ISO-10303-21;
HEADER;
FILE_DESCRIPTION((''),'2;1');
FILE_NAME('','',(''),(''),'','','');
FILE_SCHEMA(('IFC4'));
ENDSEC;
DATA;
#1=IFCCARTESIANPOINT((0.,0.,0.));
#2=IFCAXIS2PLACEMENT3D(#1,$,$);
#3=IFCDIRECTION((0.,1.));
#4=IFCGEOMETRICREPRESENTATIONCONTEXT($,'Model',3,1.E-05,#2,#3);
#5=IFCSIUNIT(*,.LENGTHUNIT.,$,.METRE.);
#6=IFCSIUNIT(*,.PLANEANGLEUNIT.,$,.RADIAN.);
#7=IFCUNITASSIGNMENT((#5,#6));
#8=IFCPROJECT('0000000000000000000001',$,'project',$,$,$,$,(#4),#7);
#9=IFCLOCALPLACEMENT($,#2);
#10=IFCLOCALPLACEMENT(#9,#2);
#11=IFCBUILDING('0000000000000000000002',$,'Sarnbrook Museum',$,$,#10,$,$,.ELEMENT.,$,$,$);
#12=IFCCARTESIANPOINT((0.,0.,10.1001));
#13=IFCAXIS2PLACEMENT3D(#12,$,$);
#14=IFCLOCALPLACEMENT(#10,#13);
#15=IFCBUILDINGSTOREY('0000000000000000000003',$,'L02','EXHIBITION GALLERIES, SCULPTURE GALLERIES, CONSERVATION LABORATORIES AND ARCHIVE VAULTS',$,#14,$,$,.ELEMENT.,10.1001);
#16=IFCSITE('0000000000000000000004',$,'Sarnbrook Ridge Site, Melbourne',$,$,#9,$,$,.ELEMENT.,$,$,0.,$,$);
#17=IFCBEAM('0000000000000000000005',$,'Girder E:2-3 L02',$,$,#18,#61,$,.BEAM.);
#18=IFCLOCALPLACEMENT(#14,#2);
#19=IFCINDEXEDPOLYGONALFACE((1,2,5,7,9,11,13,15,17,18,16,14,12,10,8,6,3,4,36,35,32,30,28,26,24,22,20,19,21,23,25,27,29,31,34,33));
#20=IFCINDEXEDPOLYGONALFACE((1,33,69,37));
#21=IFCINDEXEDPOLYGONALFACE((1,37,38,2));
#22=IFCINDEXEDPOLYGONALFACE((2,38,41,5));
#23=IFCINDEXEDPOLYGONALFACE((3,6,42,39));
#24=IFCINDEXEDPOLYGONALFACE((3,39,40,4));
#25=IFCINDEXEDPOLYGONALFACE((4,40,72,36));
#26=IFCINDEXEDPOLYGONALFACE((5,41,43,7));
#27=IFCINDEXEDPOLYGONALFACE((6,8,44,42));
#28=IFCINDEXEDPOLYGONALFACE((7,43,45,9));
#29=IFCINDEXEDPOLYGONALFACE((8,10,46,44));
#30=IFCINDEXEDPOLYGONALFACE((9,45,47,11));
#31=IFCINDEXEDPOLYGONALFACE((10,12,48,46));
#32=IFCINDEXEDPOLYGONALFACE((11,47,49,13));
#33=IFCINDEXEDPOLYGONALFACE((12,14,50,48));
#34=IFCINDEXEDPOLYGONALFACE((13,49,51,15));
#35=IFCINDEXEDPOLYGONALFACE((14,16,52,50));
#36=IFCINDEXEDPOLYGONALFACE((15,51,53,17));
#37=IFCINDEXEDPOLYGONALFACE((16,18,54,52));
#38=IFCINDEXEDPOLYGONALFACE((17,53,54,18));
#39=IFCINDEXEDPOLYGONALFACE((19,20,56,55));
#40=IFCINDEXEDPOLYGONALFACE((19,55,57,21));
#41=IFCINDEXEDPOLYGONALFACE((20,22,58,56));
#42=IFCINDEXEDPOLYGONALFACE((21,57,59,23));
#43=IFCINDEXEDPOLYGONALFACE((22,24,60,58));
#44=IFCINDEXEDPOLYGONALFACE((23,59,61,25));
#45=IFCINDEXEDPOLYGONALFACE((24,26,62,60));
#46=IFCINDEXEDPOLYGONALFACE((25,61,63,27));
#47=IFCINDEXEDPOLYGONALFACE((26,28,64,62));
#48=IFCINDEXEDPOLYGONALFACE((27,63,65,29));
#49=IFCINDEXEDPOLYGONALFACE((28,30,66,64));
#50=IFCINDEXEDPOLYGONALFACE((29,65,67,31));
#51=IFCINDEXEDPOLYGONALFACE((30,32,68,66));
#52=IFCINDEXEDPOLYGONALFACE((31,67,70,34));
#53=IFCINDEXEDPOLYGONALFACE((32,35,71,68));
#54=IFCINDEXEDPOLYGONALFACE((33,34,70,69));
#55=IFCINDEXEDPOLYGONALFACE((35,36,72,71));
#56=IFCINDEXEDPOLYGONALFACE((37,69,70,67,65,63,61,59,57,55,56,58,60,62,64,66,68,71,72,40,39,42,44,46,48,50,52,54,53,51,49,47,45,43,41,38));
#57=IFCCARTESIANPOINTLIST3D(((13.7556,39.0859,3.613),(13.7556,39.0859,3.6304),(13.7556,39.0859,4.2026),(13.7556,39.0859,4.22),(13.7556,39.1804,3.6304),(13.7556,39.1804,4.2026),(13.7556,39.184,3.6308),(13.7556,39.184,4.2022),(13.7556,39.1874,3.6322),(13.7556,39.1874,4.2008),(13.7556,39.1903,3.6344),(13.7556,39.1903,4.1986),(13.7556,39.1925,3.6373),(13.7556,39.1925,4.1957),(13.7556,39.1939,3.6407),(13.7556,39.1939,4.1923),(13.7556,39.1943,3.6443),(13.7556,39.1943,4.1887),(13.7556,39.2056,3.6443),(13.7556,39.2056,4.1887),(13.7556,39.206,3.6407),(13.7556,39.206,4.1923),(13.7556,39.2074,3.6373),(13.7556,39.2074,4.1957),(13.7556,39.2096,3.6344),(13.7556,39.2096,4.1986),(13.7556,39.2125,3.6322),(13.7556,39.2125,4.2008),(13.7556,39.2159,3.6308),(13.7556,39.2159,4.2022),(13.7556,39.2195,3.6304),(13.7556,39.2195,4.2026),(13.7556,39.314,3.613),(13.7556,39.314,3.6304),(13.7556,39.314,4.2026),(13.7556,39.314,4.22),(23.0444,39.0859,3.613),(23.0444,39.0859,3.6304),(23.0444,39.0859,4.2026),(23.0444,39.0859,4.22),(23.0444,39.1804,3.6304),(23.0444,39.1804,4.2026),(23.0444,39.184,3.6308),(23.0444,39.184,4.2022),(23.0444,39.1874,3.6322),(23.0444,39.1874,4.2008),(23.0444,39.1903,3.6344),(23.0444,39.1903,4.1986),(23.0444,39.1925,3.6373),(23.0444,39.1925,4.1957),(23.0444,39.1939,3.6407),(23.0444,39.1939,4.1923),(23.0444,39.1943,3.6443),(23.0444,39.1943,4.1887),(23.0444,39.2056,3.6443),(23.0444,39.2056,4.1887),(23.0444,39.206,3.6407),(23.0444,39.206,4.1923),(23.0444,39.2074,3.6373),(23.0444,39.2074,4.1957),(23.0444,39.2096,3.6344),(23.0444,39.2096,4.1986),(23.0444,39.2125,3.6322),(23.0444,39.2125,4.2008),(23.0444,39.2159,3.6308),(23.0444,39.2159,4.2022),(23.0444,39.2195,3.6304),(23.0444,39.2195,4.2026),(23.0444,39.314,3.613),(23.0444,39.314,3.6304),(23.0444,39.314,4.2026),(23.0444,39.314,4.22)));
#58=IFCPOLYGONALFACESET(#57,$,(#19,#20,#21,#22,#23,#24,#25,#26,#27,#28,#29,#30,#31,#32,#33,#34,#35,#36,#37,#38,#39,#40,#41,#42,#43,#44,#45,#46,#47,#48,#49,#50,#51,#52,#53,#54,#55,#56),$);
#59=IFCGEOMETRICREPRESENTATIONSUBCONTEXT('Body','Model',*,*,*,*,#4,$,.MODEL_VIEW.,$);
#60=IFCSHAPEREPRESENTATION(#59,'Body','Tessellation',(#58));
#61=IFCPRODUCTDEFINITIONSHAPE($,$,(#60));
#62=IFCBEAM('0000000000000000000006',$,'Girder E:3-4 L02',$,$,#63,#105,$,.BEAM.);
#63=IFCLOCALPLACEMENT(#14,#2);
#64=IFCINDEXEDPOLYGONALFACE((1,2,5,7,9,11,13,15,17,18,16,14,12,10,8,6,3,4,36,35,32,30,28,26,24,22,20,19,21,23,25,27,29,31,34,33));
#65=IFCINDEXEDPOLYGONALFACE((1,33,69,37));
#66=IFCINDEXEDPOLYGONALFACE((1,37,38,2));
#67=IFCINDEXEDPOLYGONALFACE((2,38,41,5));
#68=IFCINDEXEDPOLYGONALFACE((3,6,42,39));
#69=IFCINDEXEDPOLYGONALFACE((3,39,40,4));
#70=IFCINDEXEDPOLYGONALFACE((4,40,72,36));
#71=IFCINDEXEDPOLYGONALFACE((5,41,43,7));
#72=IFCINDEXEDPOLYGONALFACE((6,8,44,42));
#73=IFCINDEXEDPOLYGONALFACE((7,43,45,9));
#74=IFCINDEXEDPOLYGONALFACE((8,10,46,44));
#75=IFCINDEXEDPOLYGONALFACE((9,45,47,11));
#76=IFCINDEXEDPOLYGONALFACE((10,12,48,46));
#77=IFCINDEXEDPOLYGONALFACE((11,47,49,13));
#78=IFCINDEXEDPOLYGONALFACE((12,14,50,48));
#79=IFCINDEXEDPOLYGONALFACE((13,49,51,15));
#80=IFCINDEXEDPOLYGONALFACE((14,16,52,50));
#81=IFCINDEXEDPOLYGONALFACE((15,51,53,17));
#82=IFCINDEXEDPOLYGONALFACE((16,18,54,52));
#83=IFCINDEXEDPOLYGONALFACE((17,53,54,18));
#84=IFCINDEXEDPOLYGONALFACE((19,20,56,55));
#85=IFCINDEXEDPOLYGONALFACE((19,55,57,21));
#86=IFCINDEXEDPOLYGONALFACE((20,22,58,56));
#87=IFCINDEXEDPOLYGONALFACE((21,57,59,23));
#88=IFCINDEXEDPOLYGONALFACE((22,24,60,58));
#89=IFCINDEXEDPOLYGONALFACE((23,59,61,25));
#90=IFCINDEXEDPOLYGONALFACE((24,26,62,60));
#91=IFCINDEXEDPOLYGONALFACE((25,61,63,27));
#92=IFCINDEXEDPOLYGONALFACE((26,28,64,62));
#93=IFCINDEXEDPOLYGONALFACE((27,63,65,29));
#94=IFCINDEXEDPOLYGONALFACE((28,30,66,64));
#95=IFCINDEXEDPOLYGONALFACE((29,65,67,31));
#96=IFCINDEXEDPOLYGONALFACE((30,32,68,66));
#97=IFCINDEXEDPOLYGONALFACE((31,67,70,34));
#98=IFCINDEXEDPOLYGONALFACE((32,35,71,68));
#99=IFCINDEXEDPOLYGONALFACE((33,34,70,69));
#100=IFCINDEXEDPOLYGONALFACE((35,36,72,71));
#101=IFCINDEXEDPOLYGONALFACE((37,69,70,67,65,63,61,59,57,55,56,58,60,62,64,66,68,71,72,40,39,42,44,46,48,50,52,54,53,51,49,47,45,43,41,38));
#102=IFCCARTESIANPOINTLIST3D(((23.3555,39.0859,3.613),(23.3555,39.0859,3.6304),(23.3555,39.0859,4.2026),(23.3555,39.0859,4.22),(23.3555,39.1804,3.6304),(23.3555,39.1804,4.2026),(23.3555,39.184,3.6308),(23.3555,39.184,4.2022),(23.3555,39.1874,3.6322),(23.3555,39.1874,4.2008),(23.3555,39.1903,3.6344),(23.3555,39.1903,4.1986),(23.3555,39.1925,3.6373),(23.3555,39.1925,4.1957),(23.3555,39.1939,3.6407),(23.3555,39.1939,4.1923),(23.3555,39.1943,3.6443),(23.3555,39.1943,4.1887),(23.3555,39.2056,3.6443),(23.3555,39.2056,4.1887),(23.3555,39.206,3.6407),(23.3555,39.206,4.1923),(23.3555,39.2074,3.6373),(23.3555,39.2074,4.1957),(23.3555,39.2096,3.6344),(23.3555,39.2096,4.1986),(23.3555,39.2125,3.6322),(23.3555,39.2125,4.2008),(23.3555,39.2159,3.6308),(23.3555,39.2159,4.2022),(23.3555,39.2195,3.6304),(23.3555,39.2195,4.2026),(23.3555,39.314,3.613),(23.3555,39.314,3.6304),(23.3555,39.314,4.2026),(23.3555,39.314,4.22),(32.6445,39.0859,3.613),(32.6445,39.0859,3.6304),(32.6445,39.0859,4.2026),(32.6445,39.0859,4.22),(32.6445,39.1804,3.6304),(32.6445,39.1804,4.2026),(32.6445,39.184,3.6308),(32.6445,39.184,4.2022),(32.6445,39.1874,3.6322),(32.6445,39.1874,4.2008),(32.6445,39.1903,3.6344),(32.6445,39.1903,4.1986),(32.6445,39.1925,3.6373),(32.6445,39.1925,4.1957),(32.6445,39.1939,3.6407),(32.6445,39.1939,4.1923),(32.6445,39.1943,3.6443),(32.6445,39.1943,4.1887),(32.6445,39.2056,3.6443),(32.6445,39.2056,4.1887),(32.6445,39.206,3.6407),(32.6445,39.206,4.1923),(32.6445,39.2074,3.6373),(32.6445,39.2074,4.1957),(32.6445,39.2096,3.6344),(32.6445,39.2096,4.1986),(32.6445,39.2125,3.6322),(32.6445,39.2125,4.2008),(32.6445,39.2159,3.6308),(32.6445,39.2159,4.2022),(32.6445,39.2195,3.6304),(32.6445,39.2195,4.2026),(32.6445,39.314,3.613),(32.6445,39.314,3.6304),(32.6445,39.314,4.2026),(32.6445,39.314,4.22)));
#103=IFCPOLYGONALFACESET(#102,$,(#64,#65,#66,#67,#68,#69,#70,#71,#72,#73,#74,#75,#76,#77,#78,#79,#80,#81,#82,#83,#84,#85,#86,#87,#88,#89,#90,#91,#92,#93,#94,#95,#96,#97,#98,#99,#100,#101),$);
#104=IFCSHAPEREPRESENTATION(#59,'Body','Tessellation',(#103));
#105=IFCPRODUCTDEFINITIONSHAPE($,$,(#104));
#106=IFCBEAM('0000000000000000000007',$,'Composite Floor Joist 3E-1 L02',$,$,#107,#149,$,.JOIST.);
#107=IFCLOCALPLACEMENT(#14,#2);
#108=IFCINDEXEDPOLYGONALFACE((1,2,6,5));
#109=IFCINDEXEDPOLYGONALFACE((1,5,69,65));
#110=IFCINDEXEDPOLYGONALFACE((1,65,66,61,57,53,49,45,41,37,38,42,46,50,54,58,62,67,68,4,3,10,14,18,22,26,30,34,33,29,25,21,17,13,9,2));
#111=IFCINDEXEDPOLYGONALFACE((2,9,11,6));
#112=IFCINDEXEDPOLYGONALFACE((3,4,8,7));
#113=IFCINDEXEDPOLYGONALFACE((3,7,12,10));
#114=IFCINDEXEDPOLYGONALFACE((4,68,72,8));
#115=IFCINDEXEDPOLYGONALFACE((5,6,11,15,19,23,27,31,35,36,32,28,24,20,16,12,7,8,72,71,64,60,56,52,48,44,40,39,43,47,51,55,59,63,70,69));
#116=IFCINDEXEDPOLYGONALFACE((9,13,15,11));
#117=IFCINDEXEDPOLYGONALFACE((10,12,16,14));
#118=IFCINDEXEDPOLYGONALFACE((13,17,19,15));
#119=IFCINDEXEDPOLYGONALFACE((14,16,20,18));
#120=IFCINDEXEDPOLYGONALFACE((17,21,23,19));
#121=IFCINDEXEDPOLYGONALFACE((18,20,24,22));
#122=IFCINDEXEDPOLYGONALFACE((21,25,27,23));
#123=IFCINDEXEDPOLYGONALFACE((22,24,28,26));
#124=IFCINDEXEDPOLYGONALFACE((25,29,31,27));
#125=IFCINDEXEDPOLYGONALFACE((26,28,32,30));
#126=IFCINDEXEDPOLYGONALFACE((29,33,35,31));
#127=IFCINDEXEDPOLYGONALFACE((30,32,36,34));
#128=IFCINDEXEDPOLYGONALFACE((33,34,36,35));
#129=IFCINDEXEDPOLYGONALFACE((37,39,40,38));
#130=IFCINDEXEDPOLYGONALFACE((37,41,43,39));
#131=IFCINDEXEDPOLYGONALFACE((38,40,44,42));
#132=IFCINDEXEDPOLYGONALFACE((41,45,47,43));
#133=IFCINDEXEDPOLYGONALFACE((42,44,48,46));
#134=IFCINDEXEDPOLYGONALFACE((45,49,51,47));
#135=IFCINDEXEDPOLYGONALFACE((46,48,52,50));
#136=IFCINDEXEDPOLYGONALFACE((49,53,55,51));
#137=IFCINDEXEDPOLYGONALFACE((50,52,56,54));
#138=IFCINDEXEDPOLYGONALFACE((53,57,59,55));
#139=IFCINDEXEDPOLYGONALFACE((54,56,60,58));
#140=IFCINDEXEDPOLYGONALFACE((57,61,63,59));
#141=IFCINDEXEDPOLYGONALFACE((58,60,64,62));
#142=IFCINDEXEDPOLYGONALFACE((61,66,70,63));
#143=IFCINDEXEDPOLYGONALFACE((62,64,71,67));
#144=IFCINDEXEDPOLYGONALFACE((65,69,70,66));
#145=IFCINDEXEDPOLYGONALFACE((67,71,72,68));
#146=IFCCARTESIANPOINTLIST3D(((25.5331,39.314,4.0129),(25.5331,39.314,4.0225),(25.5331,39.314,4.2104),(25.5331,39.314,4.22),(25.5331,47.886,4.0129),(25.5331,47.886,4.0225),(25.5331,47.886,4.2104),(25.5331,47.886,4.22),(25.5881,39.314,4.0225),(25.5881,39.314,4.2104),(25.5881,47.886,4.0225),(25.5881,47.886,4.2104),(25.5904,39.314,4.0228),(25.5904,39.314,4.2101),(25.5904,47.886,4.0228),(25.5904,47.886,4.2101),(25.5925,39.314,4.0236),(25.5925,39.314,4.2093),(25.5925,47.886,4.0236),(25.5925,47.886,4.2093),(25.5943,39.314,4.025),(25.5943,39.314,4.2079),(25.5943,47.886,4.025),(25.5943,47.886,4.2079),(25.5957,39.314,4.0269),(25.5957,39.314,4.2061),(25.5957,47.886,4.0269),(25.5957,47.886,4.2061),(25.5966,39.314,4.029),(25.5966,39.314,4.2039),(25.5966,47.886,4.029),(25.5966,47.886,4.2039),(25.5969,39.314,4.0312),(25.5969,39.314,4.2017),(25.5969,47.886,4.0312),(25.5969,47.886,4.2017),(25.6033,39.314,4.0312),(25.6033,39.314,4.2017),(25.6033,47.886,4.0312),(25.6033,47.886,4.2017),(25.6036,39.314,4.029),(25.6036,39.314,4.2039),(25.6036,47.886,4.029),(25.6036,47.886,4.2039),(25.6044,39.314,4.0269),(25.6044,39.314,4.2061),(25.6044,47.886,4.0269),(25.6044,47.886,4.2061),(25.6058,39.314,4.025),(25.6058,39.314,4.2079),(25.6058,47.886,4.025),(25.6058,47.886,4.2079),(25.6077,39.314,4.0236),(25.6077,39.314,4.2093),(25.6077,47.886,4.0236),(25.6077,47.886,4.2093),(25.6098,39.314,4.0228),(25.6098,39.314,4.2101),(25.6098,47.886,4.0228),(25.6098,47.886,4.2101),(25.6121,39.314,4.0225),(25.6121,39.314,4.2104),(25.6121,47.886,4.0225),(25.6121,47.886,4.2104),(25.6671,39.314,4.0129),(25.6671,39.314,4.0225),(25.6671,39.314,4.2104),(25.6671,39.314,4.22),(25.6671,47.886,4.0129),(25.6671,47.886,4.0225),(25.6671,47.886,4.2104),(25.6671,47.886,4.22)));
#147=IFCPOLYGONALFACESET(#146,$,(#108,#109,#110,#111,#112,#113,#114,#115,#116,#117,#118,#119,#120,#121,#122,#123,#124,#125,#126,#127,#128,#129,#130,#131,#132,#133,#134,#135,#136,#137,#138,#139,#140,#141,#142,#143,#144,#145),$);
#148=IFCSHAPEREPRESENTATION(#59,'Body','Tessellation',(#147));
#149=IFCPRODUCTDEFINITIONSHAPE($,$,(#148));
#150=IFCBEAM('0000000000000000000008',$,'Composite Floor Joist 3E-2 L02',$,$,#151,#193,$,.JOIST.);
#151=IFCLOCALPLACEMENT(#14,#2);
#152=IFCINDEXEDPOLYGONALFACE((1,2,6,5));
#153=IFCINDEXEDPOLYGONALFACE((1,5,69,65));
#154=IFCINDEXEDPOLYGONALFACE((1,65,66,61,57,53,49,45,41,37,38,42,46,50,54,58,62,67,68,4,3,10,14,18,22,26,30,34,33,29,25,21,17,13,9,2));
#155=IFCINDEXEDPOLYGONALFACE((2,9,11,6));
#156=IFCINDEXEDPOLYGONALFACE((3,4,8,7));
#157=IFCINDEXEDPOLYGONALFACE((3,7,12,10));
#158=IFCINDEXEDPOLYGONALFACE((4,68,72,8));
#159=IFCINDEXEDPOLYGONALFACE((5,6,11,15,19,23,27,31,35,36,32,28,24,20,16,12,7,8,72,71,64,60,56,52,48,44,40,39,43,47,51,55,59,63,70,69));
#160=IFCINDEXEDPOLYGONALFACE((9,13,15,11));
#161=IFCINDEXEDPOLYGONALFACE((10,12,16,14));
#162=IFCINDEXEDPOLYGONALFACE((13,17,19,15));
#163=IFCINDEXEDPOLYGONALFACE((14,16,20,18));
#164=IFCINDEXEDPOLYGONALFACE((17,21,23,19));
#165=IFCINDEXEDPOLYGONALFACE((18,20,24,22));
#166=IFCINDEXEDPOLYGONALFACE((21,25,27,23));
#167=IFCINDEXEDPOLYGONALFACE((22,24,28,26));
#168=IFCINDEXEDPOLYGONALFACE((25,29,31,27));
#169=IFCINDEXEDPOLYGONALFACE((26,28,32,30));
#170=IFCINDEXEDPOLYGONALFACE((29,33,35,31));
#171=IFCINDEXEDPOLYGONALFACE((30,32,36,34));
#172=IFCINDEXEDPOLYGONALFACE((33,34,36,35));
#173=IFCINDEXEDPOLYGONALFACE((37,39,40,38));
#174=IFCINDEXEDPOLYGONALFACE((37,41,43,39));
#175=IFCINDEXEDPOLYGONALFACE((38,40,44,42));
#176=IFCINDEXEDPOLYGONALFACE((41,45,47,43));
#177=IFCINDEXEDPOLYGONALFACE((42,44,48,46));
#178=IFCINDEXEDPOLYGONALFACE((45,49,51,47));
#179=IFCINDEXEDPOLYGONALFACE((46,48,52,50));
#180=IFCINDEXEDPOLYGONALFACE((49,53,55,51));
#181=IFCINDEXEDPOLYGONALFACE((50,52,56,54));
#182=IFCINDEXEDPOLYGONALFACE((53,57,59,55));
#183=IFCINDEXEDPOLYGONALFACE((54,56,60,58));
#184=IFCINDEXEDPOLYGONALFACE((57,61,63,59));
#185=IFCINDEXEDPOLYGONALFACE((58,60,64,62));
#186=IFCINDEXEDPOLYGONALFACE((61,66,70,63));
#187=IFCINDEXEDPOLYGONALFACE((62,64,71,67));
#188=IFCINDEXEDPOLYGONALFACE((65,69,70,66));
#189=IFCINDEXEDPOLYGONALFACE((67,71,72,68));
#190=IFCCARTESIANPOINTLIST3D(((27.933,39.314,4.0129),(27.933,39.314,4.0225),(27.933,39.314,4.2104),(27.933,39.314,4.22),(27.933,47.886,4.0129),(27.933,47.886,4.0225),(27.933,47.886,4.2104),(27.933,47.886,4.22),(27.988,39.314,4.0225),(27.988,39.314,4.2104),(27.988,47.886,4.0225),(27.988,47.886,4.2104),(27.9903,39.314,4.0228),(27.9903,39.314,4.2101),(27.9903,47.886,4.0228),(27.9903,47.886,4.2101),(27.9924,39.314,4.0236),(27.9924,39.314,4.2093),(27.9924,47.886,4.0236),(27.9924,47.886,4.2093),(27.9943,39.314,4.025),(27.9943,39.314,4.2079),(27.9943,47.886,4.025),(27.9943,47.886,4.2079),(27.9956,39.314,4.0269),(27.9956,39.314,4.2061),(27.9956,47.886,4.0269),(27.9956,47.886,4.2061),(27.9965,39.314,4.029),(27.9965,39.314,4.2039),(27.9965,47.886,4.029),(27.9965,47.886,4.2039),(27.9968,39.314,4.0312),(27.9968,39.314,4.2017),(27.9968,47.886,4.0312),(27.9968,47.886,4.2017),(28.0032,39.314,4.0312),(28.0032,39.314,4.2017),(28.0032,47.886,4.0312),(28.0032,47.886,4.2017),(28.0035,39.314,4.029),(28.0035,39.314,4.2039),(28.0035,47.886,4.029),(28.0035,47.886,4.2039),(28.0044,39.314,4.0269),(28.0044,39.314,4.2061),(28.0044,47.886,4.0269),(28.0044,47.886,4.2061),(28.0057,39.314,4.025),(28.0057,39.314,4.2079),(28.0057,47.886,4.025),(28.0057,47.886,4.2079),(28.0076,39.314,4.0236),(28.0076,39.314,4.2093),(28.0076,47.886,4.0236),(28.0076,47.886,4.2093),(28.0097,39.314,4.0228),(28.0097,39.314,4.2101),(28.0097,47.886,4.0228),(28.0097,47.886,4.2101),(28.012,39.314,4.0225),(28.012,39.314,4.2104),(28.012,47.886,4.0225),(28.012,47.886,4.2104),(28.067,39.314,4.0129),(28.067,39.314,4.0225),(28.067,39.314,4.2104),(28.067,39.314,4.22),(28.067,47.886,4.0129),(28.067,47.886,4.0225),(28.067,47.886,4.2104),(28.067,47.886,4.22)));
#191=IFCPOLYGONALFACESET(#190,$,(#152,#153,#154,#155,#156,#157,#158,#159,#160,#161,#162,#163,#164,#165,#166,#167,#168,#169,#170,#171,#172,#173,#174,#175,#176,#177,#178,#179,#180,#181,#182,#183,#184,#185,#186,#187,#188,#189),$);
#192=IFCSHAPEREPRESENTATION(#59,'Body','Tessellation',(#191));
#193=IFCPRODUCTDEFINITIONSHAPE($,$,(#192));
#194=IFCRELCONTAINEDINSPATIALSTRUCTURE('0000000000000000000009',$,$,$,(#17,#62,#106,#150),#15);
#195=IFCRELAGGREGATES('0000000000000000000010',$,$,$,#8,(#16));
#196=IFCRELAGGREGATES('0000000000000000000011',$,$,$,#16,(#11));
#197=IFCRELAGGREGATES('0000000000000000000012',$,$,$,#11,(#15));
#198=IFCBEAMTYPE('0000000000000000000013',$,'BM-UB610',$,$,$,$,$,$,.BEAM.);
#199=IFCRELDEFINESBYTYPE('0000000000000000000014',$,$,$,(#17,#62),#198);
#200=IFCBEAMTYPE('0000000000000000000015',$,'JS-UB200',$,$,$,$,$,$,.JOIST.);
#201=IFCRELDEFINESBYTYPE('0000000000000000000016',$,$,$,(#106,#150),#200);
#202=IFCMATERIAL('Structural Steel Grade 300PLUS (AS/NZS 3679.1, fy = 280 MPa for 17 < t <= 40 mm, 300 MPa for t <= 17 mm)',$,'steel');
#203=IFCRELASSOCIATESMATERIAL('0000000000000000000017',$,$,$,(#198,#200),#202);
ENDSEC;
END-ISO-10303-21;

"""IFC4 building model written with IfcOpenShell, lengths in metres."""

from ifc_helpers import new_model, si_unit, direction, frame, origin, origin_2d, place, context, subcontext, project, spatial, i_section, extrude, material, material_profile, profile_set, type_object, element, save


model = new_model("IFC4")

# Units and contexts
model_context = context("Model", 3, precision=1e-05, world=origin(), true_north=direction((0.0, 1.0)))
body_context = subcontext(model_context, "Body", "Model", "MODEL_VIEW")
ifc_project = project(units=[si_unit("LENGTHUNIT", "METRE"), si_unit("PLANEANGLEUNIT", "RADIAN")], contexts=[model_context])

# Site, building, storey
site_placement = place(None, origin())
site = spatial("IfcSite", under=ifc_project, at=site_placement, Name="Sarnbrook Ridge Site, Melbourne", CompositionType="ELEMENT", RefElevation=0.0)
building_placement = place(site_placement, origin())
building = spatial("IfcBuilding", under=site, at=building_placement, Name="Sarnbrook Museum", CompositionType="ELEMENT")
storey_placement = place(building_placement, frame((0.0, 0.0, 10.1001)))
storey = spatial("IfcBuildingStorey", under=building, at=storey_placement, Name="L02", Description="EXHIBITION GALLERIES, SCULPTURE GALLERIES, CONSERVATION LABORATORIES AND ARCHIVE VAULTS", CompositionType="ELEMENT", Elevation=10.1001)

# Shared definitions
ifc_material_1 = material(Name="Structural Steel Grade 300PLUS (AS/NZS 3679.1, fy = 280 MPa for 17 < t <= 40 mm, 300 MPa for t <= 17 mm)", Category="steel")

# Beams
ifc_material_profile_1 = material_profile(ifc_material_1, i_section(OverallWidth=0.228, OverallDepth=0.6069, WebThickness=0.0112, FlangeThickness=0.0173, FilletRadius=0.0139, at=origin_2d()), Name="610UB113")
ifc_profile_set_1 = profile_set([ifc_material_profile_1], Name="Structural Steel Grade 300PLUS (AS/NZS 3679.1, fy = 280 MPa for 17 < t <= 40 mm, 300 MPa for t <= 17 mm)")
beam_type_1 = type_object("IfcBeamType", Name="BM-UB610", PredefinedType="BEAM", material=ifc_profile_set_1)
beam_1_placement = place(storey_placement, frame((13.7556, 39.2, 3.9165), z_axis=(1.0, 0.0, 0.0), x_axis=(0.0, 1.0, 0.0)))
element("IfcBeam", 1, at=beam_1_placement, inside=storey, type_object=beam_type_1, Name="Girder E:2-3 L02", PredefinedType="BEAM", context=body_context, shape_type="SweptSolid", body=[
    extrude(i_section(OverallWidth=0.228, OverallDepth=0.6069, WebThickness=0.0112, FlangeThickness=0.0173, FilletRadius=0.0139, at=origin_2d()), origin(), (0.0, 0.0, 1.0), 9.2888),
])
beam_2_placement = place(storey_placement, frame((23.3555, 39.2, 3.9165), z_axis=(1.0, 0.0, 0.0), x_axis=(0.0, 1.0, 0.0)))
element("IfcBeam", 2, at=beam_2_placement, inside=storey, type_object=beam_type_1, Name="Girder E:3-4 L02", PredefinedType="BEAM", context=body_context, shape_type="SweptSolid", body=[
    extrude(i_section(OverallWidth=0.228, OverallDepth=0.6069, WebThickness=0.0112, FlangeThickness=0.0173, FilletRadius=0.0139, at=origin_2d()), origin(), (0.0, 0.0, 1.0), 9.2891),
])
ifc_material_profile_2 = material_profile(ifc_material_1, i_section(OverallWidth=0.134, OverallDepth=0.207, WebThickness=0.0063, FlangeThickness=0.0095, FilletRadius=0.0088, at=origin_2d()), Name="200UB29.8")
ifc_profile_set_2 = profile_set([ifc_material_profile_2], Name="Structural Steel Grade 300PLUS (AS/NZS 3679.1, fy = 280 MPa for 17 < t <= 40 mm, 300 MPa for t <= 17 mm)")
beam_type_2 = type_object("IfcBeamType", Name="JS-UB200", PredefinedType="JOIST", material=ifc_profile_set_2)
for number, where, z_axis, x_axis, name in (
    (3, (25.6001, 39.314, 4.1165), (0.0, 1.0, 0.0), (-1.0, 0.0, 0.0), "Composite Floor Joist 3E-1 L02"),
    (4, (28.0, 39.314, 4.1165), (0.0, 1.0, 0.0), (-1.0, 0.0, 0.0), "Composite Floor Joist 3E-2 L02"),
):
    element("IfcBeam", number, at=place(storey_placement, frame(where, z_axis=z_axis, x_axis=x_axis)), inside=storey, type_object=beam_type_2, Name=name, PredefinedType="JOIST", context=body_context, shape_type="SweptSolid", body=[
        extrude(i_section(OverallWidth=0.134, OverallDepth=0.207, WebThickness=0.0063, FlangeThickness=0.0095, FilletRadius=0.0088, at=origin_2d()), origin(), (0.0, 0.0, 1.0), 8.572),
    ])

save(model, "model.ifc")
